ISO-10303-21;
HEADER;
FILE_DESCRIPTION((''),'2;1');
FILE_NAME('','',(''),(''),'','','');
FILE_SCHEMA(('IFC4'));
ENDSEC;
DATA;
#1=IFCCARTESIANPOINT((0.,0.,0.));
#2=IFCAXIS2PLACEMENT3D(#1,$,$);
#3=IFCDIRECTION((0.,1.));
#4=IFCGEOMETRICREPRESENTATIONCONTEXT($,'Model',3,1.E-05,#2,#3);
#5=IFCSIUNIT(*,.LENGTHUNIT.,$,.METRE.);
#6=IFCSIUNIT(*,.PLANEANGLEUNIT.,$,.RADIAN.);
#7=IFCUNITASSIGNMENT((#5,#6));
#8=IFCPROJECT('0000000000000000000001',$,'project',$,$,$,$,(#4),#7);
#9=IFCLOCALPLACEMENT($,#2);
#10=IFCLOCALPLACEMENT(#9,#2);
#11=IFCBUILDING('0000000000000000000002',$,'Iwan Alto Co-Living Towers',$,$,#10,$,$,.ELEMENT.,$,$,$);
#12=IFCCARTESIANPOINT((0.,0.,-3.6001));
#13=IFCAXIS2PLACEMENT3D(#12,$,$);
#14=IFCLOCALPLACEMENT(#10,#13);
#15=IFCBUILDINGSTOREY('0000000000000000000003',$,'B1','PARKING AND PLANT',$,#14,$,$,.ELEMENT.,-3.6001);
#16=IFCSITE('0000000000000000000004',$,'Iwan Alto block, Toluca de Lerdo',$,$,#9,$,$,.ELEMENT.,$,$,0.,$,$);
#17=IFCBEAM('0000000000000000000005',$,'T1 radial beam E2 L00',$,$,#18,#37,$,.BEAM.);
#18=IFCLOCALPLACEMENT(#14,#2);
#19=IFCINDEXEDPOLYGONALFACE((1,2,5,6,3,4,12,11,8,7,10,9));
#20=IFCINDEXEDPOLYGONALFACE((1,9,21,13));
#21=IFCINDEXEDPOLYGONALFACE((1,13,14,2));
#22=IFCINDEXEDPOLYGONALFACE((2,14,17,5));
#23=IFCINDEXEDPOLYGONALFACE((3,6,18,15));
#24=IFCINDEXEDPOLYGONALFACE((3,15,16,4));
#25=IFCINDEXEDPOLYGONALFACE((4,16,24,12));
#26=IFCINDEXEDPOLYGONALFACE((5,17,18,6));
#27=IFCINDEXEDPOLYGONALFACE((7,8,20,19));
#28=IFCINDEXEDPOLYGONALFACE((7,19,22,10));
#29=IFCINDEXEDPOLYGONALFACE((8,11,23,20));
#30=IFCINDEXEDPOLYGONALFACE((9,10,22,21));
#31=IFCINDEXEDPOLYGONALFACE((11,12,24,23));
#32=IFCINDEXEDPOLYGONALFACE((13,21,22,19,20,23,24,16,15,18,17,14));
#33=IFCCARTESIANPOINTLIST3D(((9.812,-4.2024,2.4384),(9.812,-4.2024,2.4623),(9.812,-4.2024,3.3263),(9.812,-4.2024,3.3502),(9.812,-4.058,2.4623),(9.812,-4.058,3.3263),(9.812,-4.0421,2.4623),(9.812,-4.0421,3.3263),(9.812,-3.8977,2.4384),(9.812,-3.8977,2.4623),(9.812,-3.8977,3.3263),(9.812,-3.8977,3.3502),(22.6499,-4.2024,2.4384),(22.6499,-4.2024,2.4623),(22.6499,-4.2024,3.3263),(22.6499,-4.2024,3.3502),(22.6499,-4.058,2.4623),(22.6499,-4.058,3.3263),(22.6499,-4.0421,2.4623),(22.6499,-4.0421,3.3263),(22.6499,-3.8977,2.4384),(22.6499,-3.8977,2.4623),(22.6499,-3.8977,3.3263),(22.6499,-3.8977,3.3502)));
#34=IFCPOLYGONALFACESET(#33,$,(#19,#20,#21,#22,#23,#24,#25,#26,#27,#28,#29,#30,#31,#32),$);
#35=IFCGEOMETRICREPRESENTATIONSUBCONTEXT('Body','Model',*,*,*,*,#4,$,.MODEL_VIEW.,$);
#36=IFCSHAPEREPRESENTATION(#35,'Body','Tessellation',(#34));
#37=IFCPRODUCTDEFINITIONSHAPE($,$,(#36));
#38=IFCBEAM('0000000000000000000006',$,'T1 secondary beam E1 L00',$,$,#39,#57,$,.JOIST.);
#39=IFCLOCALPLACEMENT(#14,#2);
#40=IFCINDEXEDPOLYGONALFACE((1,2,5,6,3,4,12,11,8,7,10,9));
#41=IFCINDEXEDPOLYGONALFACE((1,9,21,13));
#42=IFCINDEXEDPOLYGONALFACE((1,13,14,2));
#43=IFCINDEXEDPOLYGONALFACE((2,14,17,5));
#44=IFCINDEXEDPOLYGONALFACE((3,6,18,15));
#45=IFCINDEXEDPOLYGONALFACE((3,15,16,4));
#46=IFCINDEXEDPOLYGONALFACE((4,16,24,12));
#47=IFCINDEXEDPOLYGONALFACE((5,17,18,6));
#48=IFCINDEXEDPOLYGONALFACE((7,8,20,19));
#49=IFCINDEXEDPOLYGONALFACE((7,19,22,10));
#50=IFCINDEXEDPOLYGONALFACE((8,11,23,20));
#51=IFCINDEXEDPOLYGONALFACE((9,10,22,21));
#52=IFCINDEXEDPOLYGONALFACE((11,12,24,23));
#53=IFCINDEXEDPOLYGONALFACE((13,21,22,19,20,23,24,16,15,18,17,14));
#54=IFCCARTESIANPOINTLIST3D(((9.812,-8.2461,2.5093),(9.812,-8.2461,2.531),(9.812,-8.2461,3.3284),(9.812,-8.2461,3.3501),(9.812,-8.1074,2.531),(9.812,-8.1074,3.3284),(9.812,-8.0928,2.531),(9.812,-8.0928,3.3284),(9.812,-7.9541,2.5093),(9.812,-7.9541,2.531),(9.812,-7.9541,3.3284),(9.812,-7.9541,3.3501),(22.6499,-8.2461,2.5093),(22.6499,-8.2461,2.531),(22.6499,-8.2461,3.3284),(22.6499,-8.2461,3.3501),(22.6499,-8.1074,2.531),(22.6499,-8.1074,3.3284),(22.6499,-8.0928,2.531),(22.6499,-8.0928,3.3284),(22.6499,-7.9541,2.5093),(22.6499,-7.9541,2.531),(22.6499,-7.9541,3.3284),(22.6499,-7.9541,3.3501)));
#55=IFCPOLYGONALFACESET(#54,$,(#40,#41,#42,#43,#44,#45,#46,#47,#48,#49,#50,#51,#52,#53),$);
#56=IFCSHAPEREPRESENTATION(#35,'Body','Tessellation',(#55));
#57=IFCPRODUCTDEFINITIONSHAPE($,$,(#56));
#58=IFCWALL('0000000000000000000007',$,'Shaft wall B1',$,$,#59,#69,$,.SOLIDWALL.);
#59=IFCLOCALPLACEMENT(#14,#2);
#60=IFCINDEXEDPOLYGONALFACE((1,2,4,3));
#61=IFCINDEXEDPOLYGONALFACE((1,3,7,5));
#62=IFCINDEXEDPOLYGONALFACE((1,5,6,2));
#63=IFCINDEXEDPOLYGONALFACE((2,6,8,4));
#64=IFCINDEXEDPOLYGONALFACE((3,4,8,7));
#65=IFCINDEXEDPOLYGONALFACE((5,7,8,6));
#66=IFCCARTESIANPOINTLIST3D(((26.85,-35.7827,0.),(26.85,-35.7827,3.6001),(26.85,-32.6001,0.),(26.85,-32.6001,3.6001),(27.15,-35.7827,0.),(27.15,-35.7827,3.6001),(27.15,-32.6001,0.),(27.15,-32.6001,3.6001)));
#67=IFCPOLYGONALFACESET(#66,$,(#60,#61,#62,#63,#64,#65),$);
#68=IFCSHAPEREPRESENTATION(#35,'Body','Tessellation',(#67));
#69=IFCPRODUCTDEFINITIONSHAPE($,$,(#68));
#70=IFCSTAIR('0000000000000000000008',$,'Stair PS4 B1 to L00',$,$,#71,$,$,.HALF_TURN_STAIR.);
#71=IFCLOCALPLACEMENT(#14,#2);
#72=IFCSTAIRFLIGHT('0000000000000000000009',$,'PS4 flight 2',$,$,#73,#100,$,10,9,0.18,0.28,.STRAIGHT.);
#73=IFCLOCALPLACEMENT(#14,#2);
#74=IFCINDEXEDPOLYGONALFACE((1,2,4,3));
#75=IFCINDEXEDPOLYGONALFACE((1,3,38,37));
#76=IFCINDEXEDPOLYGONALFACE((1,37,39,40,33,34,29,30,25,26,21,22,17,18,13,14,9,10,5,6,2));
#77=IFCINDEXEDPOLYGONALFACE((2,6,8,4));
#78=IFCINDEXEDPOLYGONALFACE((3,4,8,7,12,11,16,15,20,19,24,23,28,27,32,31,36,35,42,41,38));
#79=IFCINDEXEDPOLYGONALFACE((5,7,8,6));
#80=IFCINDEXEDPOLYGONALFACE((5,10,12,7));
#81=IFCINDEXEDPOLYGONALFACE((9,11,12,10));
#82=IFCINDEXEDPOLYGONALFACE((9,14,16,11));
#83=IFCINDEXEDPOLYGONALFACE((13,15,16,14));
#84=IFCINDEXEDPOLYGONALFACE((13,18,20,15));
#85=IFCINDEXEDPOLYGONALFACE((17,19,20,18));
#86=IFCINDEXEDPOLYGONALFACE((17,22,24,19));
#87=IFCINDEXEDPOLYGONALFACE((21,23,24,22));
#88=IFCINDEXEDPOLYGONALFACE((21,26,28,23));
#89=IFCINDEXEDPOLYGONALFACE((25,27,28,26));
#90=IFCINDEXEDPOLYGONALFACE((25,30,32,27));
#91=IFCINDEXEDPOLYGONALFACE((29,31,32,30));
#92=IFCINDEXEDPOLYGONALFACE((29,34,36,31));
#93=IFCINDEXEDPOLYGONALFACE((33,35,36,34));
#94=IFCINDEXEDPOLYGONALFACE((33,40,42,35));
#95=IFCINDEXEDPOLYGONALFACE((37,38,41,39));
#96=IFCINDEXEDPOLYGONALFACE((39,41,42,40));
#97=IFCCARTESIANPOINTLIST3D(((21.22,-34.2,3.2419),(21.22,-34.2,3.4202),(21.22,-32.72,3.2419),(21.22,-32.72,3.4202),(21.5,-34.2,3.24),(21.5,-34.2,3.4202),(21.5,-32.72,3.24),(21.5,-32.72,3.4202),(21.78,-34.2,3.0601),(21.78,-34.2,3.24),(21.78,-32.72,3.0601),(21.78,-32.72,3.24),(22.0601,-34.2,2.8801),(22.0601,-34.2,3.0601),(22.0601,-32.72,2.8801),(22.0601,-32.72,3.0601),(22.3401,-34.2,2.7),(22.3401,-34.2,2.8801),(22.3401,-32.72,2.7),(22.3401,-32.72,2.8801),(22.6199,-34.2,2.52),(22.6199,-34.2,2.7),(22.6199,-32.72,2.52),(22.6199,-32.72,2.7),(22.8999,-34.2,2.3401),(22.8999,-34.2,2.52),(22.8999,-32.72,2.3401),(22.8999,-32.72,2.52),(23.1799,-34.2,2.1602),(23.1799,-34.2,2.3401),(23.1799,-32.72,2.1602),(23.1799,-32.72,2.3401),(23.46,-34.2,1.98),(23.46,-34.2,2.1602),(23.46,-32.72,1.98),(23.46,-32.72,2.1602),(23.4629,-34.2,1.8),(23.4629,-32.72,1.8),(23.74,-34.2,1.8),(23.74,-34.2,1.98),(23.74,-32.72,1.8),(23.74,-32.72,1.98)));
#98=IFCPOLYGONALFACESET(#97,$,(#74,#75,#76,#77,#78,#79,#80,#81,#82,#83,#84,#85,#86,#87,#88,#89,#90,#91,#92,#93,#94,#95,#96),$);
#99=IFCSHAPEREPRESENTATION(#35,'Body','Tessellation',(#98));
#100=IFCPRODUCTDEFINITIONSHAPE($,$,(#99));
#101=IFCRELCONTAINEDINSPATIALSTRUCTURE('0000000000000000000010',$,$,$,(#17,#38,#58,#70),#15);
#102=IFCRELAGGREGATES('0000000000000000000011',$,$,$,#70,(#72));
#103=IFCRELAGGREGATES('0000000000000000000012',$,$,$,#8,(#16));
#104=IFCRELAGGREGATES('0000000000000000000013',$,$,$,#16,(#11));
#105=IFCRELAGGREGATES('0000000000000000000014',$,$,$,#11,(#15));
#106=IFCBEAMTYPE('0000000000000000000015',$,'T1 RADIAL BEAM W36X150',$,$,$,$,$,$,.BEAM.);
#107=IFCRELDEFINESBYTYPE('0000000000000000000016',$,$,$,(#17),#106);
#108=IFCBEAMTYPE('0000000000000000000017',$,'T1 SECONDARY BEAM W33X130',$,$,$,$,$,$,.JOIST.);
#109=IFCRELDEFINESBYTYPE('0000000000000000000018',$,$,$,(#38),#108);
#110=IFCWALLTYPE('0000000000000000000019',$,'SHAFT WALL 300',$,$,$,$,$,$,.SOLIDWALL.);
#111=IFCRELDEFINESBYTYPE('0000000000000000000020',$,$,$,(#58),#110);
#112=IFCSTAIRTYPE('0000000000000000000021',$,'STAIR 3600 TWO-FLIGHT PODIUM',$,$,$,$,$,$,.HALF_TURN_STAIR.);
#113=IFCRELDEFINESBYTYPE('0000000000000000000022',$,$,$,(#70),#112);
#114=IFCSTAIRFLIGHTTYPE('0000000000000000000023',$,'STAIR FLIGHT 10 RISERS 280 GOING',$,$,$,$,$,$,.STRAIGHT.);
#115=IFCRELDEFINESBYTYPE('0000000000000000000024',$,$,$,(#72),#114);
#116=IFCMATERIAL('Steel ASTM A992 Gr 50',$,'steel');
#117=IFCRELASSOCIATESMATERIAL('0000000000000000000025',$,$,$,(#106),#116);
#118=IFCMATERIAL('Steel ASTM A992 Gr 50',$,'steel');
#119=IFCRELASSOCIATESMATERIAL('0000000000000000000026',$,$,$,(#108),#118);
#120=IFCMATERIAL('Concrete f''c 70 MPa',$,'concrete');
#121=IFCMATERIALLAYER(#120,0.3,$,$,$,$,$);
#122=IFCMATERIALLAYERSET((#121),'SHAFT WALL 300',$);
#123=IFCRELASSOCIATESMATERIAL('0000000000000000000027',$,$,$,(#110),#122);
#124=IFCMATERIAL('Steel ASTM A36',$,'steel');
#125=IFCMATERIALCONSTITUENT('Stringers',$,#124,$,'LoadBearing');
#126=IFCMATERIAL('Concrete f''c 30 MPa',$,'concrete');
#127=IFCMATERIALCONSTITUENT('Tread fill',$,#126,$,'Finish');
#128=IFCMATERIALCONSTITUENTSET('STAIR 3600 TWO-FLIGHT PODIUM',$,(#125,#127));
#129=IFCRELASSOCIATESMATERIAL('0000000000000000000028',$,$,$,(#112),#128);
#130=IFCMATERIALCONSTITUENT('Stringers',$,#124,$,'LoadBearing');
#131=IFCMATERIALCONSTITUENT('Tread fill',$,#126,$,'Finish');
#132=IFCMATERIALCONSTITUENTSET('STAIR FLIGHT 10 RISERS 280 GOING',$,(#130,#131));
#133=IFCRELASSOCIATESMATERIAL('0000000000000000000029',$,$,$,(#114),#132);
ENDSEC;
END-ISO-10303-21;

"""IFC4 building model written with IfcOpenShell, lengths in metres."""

from ifc_helpers import new_model, si_unit, direction, frame, frame_2d, origin, origin_2d, place, context, subcontext, project, spatial, polyline, rectangle, i_section, outline, extrude, material, layer, layer_set, constituent, constituent_set, material_profile, profile_set, type_object, element, aggregate, save


model = new_model("IFC4")

# Units and contexts
model_context = context("Model", 3, precision=1e-05, world=origin(), true_north=direction((0.0, 1.0)))
body_context = subcontext(model_context, "Body", "Model", "MODEL_VIEW")
ifc_project = project(units=[si_unit("LENGTHUNIT", "METRE"), si_unit("PLANEANGLEUNIT", "RADIAN")], contexts=[model_context])

# Site, building, storey
site_placement = place(None, origin())
site = spatial("IfcSite", under=ifc_project, at=site_placement, Name="Iwan Alto block, Toluca de Lerdo", CompositionType="ELEMENT", RefElevation=0.0)
building_placement = place(site_placement, origin())
building = spatial("IfcBuilding", under=site, at=building_placement, Name="Iwan Alto Co-Living Towers", CompositionType="ELEMENT")
storey_placement = place(building_placement, frame((0.0, 0.0, -3.6001)))
storey = spatial("IfcBuildingStorey", under=building, at=storey_placement, Name="B1", Description="PARKING AND PLANT", CompositionType="ELEMENT", Elevation=-3.6001)

# Beams
ifc_material_1 = material(Name="Steel ASTM A992 Gr 50", Category="steel")
ifc_material_profile_1 = material_profile(ifc_material_1, i_section(OverallWidth=0.3047, OverallDepth=0.9119, WebThickness=0.0159, FlangeThickness=0.0239, at=origin_2d()), Name="W36X150")
ifc_profile_set_1 = profile_set([ifc_material_profile_1], Name="Steel ASTM A992 Gr 50")
beam_type_1 = type_object("IfcBeamType", Name="T1 RADIAL BEAM W36X150", PredefinedType="BEAM", material=ifc_profile_set_1)
beam_1_placement = place(storey_placement, frame((22.6499, -4.05, 2.8943), z_axis=(-1.0, 0.0, 0.0), x_axis=(0.0, -1.0, 0.0)))
element("IfcBeam", 1, at=beam_1_placement, inside=storey, type_object=beam_type_1, Name="T1 radial beam E2 L00", PredefinedType="BEAM", context=body_context, shape_type="SweptSolid", body=[
    extrude(i_section(OverallWidth=0.3047, OverallDepth=0.9119, WebThickness=0.0159, FlangeThickness=0.0239, at=origin_2d()), origin(), (0.0, 0.0, 1.0), 12.8379),
])
ifc_material_2 = material(Name="Steel ASTM A992 Gr 50", Category="steel")
ifc_material_profile_2 = material_profile(ifc_material_2, i_section(OverallWidth=0.292, OverallDepth=0.8408, WebThickness=0.0146, FlangeThickness=0.0217, at=origin_2d()), Name="W33X130")
ifc_profile_set_2 = profile_set([ifc_material_profile_2], Name="Steel ASTM A992 Gr 50")
beam_type_2 = type_object("IfcBeamType", Name="T1 SECONDARY BEAM W33X130", PredefinedType="JOIST", material=ifc_profile_set_2)
beam_2_placement = place(storey_placement, frame((22.6499, -8.1001, 2.9297), z_axis=(-1.0, 0.0, 0.0), x_axis=(0.0, -1.0, 0.0)))
element("IfcBeam", 2, at=beam_2_placement, inside=storey, type_object=beam_type_2, Name="T1 secondary beam E1 L00", PredefinedType="JOIST", context=body_context, shape_type="SweptSolid", body=[
    extrude(i_section(OverallWidth=0.292, OverallDepth=0.8408, WebThickness=0.0146, FlangeThickness=0.0217, at=origin_2d()), origin(), (0.0, 0.0, 1.0), 12.8379),
])

# Wall
ifc_material_3 = material(Name="Concrete f'c 70 MPa", Category="concrete")
ifc_layer = layer(ifc_material_3, 0.3)
ifc_layer_set = layer_set([ifc_layer], Name="SHAFT WALL 300")
wall_type = type_object("IfcWallType", Name="SHAFT WALL 300", PredefinedType="SOLIDWALL", material=ifc_layer_set)
wall_placement = place(storey_placement, frame((27.0, -35.7827, 0.0), z_axis=(0.0, 0.0, 1.0), x_axis=(0.0, 1.0, 0.0)))
element("IfcWall", 3, at=wall_placement, inside=storey, type_object=wall_type, Name="Shaft wall B1", PredefinedType="SOLIDWALL", context=body_context, shape_type="SweptSolid", body=[
    extrude(rectangle(XDim=3.1826, YDim=0.3, at=frame_2d((1.5913, 0.0))), origin(), (0.0, 0.0, 1.0), 3.6001),
])

# Stair, stair flight
ifc_material_4 = material(Name="Steel ASTM A36", Category="steel")
ifc_constituent_1 = constituent(ifc_material_4, Name="Stringers", Category="LoadBearing")
ifc_material_5 = material(Name="Concrete f'c 30 MPa", Category="concrete")
ifc_constituent_2 = constituent(ifc_material_5, Name="Tread fill", Category="Finish")
ifc_constituent_set_1 = constituent_set(constituents=[ifc_constituent_1, ifc_constituent_2], Name="STAIR 3600 TWO-FLIGHT PODIUM")
stair_type = type_object("IfcStairType", Name="STAIR 3600 TWO-FLIGHT PODIUM", PredefinedType="HALF_TURN_STAIR", material=ifc_constituent_set_1)
stair_placement = place(storey_placement, origin())
stair = element("IfcStair", 4, at=stair_placement, inside=storey, type_object=stair_type, Name="Stair PS4 B1 to L00", PredefinedType="HALF_TURN_STAIR")
ifc_constituent_3 = constituent(ifc_material_4, Name="Stringers", Category="LoadBearing")
ifc_constituent_4 = constituent(ifc_material_5, Name="Tread fill", Category="Finish")
ifc_constituent_set_2 = constituent_set(constituents=[ifc_constituent_3, ifc_constituent_4], Name="STAIR FLIGHT 10 RISERS 280 GOING")
stair_flight_type = type_object("IfcStairFlightType", Name="STAIR FLIGHT 10 RISERS 280 GOING", PredefinedType="STRAIGHT", material=ifc_constituent_set_2)
stair_flight_placement = place(storey_placement, frame((23.74, -33.46, 1.8), z_axis=(0.0, 0.0, 1.0), x_axis=(-1.0, 0.0, 0.0)))
stair_flight = element("IfcStairFlight", 5, at=stair_flight_placement, type_object=stair_flight_type, Name="PS4 flight 2", NumberOfRisers=10, NumberOfTreads=9, PredefinedType="STRAIGHT", RiserHeight=0.18, TreadLength=0.28, context=body_context, shape_type="SweptSolid", body=[
    extrude(outline(polyline([(0.0, 0.0), (0.0, 0.1799), (0.28, 0.1799), (0.28, 0.3601), (0.5601, 0.3601), (0.5601, 0.54), (0.8401, 0.54), (0.8401, 0.72), (1.1201, 0.72), (1.1201, 0.8999), (1.3999, 0.8999), (1.3999, 1.0801), (1.6799, 1.0801), (1.6799, 1.26), (1.96, 1.26), (1.96, 1.4399), (2.24, 1.4399), (2.24, 1.6201), (2.52, 1.6201), (2.52, 1.8), (2.52, 1.4419), (0.2771, 0.0), (0.0, 0.0)])), frame((0.0, 0.74, 0.0), z_axis=(0.0, -1.0, 0.0), x_axis=(1.0, 0.0, 0.0)), (0.0, 0.0, 1.0), 1.48),
])
aggregate(stair, [stair_flight])

save(model, "model.ifc")
